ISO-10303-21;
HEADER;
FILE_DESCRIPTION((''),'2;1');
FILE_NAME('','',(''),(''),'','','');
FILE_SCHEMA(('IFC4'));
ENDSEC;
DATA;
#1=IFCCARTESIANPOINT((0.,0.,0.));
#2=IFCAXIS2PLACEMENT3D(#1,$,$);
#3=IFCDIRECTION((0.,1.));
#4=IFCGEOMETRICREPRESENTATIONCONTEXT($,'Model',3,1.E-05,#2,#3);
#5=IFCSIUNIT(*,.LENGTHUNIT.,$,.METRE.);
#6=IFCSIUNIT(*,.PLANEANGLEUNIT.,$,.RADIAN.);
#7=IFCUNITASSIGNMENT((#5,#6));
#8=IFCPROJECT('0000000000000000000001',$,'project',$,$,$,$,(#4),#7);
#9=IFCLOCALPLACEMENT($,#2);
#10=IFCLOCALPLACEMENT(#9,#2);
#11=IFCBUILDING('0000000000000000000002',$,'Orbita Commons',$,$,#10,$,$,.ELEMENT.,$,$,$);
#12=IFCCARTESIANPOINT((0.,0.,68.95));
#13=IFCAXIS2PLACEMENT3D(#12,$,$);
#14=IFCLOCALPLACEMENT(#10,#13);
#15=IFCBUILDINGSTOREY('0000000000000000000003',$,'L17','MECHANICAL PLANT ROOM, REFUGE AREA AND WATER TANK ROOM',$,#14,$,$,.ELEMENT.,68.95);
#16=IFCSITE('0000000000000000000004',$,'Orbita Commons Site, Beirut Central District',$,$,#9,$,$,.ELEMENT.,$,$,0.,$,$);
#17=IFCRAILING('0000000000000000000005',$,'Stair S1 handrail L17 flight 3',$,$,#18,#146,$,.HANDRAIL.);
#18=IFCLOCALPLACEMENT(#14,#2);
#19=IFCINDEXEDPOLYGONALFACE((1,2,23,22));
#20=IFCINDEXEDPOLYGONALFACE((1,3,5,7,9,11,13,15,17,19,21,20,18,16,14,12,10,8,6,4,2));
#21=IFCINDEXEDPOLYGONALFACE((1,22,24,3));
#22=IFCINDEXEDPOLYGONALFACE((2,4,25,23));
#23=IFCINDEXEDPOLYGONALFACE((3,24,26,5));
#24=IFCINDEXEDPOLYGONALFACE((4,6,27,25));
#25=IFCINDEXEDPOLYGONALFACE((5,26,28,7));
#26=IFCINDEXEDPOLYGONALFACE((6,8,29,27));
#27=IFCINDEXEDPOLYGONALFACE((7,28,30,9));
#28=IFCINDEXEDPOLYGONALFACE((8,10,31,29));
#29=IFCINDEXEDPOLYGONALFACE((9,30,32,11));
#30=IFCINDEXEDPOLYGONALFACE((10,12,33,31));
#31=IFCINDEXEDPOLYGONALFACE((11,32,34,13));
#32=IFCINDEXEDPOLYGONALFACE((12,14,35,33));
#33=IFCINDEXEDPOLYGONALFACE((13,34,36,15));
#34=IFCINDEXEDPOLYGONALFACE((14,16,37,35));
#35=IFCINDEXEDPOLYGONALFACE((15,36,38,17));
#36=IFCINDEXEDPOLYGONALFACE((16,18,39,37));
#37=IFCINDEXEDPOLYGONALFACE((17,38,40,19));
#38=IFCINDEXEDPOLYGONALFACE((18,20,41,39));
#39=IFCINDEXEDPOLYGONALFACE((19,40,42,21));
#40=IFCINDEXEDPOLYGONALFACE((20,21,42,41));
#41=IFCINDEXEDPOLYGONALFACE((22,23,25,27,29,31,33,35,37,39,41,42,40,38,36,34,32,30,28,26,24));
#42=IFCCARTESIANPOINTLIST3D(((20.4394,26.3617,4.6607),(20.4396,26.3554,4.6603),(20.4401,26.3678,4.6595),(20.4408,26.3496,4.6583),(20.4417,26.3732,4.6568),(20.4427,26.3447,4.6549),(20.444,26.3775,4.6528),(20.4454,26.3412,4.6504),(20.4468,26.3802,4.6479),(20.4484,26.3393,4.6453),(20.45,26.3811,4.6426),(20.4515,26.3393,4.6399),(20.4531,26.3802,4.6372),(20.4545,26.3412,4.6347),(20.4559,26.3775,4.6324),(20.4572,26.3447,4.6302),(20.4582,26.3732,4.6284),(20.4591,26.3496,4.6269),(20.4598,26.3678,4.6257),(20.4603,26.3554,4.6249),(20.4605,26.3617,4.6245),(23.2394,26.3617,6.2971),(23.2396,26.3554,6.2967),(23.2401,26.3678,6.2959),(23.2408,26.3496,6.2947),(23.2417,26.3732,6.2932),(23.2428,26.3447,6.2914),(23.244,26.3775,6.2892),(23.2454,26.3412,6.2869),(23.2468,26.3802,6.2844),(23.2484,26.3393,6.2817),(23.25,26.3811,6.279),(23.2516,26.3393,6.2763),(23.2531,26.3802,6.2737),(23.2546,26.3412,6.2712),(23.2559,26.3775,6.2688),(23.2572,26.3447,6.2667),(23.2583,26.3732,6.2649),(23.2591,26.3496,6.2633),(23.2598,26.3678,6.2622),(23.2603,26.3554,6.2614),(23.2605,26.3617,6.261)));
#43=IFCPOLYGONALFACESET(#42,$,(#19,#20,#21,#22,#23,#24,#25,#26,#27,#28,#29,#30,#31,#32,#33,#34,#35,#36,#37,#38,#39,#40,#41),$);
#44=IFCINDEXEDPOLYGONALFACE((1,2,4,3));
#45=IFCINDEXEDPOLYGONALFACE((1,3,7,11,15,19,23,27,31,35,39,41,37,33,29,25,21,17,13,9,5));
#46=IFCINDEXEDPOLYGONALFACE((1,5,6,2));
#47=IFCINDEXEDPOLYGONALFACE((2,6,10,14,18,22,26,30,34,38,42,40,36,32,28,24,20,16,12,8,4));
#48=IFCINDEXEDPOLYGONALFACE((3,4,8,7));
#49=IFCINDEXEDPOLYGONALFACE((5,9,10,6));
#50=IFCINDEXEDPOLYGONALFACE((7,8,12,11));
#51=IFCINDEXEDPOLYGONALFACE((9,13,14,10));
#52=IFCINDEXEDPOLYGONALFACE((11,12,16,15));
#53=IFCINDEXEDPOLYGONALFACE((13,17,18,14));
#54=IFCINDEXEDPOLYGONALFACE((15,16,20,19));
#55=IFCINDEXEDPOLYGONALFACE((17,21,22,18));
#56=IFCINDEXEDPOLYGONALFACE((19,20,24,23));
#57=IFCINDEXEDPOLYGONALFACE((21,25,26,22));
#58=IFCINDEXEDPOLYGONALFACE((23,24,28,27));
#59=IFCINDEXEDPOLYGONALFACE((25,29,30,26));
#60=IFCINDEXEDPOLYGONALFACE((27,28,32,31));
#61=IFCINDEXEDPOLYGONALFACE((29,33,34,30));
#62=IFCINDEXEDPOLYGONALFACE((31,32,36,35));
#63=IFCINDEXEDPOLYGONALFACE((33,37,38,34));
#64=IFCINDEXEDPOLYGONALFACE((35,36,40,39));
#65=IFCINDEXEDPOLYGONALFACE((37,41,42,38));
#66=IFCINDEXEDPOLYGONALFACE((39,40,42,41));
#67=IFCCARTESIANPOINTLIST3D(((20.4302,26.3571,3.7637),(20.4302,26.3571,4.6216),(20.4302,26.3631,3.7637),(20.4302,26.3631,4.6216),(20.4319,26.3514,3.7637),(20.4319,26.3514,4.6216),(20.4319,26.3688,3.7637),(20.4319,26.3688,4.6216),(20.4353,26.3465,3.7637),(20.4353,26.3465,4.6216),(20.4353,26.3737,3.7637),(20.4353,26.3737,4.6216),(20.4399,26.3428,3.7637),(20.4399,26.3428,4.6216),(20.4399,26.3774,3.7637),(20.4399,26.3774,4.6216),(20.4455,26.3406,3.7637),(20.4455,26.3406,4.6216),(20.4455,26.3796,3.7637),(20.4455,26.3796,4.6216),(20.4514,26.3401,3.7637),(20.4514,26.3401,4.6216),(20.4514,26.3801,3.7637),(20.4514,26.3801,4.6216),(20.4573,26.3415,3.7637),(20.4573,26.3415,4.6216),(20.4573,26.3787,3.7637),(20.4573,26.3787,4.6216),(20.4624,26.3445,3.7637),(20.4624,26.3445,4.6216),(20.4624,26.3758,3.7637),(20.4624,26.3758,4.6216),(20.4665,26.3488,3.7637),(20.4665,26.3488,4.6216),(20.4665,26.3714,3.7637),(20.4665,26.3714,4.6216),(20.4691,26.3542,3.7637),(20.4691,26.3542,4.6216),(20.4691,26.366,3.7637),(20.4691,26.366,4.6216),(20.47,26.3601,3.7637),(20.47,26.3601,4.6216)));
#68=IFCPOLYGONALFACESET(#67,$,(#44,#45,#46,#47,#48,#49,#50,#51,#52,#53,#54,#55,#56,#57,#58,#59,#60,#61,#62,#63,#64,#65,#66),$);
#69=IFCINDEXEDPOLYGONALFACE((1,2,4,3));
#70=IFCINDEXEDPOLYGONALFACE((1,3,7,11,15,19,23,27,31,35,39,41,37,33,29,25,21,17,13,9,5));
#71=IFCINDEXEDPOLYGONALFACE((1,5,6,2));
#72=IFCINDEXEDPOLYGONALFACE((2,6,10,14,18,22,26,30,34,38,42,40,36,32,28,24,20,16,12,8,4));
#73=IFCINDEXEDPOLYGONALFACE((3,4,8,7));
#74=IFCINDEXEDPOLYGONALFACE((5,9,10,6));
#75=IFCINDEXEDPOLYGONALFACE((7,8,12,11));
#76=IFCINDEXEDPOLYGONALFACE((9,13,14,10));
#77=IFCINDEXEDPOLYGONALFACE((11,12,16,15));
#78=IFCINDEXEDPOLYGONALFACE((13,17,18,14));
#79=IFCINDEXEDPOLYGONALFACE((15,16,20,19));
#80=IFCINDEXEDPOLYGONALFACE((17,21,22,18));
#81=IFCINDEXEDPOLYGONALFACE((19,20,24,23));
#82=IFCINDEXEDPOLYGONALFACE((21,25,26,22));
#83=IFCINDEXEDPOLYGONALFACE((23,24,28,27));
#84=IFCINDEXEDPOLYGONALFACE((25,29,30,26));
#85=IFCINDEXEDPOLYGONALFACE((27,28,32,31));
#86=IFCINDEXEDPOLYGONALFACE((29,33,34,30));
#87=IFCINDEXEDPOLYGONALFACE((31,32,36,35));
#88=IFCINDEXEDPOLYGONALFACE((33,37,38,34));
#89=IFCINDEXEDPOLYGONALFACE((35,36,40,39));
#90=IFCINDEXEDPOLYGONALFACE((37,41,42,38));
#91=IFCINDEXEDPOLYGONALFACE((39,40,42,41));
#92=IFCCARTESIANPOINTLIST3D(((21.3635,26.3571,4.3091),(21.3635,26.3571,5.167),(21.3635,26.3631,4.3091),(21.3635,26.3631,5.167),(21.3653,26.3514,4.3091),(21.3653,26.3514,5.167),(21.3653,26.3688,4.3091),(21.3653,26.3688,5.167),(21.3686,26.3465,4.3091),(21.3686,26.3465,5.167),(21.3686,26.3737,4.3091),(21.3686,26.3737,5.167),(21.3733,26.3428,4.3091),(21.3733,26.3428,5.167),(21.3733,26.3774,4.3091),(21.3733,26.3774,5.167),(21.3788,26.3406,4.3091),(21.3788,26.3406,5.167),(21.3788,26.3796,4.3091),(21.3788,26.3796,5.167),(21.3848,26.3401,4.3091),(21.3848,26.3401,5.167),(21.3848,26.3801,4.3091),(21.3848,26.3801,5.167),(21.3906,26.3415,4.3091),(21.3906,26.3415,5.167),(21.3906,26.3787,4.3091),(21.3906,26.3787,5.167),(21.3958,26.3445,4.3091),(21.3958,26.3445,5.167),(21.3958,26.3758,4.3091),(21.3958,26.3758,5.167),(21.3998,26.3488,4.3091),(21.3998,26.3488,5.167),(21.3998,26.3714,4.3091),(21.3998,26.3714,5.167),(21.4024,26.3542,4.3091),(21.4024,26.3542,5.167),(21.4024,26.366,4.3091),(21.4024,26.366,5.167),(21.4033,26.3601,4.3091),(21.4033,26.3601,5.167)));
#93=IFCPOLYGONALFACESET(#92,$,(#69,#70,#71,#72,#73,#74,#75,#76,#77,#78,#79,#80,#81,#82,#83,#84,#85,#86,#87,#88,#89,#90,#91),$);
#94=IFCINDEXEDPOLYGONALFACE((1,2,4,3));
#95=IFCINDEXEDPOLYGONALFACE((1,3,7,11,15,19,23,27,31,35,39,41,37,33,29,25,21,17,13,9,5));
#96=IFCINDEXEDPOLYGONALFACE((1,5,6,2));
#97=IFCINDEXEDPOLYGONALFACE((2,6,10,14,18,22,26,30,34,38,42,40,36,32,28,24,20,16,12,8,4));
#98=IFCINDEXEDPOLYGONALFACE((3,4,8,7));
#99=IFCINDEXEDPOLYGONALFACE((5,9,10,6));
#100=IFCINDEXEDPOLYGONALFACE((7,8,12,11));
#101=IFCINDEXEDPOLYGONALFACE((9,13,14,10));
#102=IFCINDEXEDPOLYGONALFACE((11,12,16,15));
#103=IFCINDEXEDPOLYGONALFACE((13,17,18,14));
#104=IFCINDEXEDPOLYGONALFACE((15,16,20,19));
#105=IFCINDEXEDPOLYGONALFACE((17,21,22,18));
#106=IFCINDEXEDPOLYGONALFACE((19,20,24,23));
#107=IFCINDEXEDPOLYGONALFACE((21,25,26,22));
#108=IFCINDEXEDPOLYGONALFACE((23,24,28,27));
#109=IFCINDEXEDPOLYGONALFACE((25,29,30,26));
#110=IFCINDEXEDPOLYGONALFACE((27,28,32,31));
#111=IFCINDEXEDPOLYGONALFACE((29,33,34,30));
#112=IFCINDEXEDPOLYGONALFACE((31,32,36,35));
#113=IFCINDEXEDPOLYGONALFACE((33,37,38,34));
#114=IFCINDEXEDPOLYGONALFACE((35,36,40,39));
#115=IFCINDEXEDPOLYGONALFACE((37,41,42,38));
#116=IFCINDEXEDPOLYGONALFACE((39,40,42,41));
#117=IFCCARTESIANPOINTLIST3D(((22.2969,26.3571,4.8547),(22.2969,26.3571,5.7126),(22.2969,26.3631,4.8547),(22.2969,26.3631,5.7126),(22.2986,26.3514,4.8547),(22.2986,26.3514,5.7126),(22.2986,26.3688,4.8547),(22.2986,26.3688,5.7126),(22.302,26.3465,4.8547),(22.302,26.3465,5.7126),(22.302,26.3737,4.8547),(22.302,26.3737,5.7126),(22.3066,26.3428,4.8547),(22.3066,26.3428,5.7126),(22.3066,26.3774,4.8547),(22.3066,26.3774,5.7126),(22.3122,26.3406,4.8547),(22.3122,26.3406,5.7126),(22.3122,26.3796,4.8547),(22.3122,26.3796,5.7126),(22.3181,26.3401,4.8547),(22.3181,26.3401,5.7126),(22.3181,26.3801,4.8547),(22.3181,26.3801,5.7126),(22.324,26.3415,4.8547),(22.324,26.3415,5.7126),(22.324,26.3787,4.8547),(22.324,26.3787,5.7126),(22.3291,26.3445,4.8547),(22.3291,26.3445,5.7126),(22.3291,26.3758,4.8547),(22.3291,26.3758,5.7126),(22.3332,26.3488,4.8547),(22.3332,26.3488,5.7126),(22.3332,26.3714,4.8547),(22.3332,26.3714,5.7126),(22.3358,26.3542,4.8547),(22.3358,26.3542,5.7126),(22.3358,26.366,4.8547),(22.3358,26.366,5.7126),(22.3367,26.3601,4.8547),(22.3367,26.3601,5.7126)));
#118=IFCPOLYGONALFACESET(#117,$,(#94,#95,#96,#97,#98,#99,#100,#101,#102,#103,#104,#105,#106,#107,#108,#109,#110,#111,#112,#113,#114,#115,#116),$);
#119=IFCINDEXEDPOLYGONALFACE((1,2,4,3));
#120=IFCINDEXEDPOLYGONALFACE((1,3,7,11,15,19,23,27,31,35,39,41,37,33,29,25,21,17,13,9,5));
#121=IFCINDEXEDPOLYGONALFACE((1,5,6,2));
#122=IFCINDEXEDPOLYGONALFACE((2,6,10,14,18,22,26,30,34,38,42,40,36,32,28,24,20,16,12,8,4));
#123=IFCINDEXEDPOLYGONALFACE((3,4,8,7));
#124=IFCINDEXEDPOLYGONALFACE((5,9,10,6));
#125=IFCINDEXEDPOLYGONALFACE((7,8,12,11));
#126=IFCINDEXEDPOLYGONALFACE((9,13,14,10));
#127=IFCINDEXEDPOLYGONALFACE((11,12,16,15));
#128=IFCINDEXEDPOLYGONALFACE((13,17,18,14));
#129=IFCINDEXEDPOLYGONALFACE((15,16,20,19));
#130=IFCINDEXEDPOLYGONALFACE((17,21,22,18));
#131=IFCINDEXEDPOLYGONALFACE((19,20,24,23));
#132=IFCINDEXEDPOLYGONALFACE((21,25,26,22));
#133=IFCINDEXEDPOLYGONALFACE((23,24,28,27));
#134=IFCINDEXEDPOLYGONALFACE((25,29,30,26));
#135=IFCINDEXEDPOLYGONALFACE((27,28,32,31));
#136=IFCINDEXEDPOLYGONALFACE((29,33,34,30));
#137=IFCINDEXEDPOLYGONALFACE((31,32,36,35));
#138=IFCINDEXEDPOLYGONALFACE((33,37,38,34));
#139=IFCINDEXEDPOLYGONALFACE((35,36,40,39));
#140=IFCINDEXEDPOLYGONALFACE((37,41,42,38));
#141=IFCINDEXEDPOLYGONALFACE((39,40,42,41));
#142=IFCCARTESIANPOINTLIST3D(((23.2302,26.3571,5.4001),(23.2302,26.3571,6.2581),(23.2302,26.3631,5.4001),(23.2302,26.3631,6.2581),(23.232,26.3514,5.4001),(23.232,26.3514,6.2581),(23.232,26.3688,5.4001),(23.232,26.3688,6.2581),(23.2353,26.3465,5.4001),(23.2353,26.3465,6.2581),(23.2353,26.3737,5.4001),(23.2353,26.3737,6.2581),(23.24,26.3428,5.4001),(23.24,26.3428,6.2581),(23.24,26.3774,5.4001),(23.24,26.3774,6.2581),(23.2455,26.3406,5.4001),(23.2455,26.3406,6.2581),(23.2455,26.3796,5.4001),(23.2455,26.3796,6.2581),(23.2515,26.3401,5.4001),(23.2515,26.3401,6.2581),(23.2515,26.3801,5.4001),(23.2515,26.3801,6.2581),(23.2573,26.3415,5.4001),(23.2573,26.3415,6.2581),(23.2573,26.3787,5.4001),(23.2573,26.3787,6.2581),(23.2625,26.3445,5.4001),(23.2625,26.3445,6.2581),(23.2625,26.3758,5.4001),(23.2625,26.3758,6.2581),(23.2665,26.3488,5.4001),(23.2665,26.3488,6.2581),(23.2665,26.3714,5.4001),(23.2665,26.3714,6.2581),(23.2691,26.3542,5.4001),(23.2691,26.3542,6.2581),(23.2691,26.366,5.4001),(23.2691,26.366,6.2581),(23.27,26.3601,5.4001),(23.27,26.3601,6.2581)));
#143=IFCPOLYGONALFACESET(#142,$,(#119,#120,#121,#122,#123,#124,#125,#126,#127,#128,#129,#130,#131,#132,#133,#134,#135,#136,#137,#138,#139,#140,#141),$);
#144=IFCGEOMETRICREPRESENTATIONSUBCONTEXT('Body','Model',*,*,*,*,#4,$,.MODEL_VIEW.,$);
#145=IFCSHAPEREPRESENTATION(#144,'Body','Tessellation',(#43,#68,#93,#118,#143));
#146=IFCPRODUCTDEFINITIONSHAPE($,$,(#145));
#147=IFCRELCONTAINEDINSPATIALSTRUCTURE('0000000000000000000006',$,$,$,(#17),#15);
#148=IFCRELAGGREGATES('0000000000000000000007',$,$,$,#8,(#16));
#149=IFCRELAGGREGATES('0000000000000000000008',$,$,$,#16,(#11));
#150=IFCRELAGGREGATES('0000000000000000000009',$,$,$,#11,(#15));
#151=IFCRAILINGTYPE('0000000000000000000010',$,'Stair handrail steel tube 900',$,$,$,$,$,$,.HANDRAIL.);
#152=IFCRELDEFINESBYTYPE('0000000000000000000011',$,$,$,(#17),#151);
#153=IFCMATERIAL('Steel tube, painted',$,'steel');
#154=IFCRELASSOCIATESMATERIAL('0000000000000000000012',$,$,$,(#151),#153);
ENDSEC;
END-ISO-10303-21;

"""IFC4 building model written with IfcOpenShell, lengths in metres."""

from ifc_helpers import new_model, si_unit, direction, frame, origin, origin_2d, place, context, subcontext, project, spatial, circle, extrude, material, type_object, element, save


model = new_model("IFC4")

# Units and contexts
model_context = context("Model", 3, precision=1e-05, world=origin(), true_north=direction((0.0, 1.0)))
body_context = subcontext(model_context, "Body", "Model", "MODEL_VIEW")
ifc_project = project(units=[si_unit("LENGTHUNIT", "METRE"), si_unit("PLANEANGLEUNIT", "RADIAN")], contexts=[model_context])

# Site, building, storey
site_placement = place(None, origin())
site = spatial("IfcSite", under=ifc_project, at=site_placement, Name="Orbita Commons Site, Beirut Central District", CompositionType="ELEMENT", RefElevation=0.0)
building_placement = place(site_placement, origin())
building = spatial("IfcBuilding", under=site, at=building_placement, Name="Orbita Commons", CompositionType="ELEMENT")
storey_placement = place(building_placement, frame((0.0, 0.0, 68.95)))
storey = spatial("IfcBuildingStorey", under=building, at=storey_placement, Name="L17", Description="MECHANICAL PLANT ROOM, REFUGE AREA AND WATER TANK ROOM", CompositionType="ELEMENT", Elevation=68.95)

# Railing
ifc_material_1 = material(Name="Steel tube, painted", Category="steel")
railing_type = type_object("IfcRailingType", Name="Stair handrail steel tube 900", PredefinedType="HANDRAIL", material=ifc_material_1)
for number, where, name in (
    (1, (20.45, 26.3601, 3.7637), "Stair S1 handrail L17 flight 3"),
):
    element("IfcRailing", number, at=place(storey_placement, frame(where)), inside=storey, type_object=railing_type, Name=name, PredefinedType="HANDRAIL", context=body_context, shape_type="SweptSolid", body=[
        extrude(circle(Radius=0.021, at=origin_2d()), frame((0.0, 0.0, 0.8789), z_axis=(0.863361, 0.0, 0.504587), x_axis=(0.0, 1.0, 0.0)), (0.0, 0.0, 1.0), 3.2432),
        extrude(circle(Radius=0.02, at=origin_2d()), origin(), (0.0, 0.0, 1.0), 0.8579),
        extrude(circle(Radius=0.02, at=origin_2d()), frame((0.9333, 0.0, 0.5454)), (0.0, 0.0, 1.0), 0.8579),
        extrude(circle(Radius=0.02, at=origin_2d()), frame((1.8667, 0.0, 1.0911)), (0.0, 0.0, 1.0), 0.8579),
        extrude(circle(Radius=0.02, at=origin_2d()), frame((2.8, 0.0, 1.6365)), (0.0, 0.0, 1.0), 0.8579),
    ])

save(model, "model.ifc")
